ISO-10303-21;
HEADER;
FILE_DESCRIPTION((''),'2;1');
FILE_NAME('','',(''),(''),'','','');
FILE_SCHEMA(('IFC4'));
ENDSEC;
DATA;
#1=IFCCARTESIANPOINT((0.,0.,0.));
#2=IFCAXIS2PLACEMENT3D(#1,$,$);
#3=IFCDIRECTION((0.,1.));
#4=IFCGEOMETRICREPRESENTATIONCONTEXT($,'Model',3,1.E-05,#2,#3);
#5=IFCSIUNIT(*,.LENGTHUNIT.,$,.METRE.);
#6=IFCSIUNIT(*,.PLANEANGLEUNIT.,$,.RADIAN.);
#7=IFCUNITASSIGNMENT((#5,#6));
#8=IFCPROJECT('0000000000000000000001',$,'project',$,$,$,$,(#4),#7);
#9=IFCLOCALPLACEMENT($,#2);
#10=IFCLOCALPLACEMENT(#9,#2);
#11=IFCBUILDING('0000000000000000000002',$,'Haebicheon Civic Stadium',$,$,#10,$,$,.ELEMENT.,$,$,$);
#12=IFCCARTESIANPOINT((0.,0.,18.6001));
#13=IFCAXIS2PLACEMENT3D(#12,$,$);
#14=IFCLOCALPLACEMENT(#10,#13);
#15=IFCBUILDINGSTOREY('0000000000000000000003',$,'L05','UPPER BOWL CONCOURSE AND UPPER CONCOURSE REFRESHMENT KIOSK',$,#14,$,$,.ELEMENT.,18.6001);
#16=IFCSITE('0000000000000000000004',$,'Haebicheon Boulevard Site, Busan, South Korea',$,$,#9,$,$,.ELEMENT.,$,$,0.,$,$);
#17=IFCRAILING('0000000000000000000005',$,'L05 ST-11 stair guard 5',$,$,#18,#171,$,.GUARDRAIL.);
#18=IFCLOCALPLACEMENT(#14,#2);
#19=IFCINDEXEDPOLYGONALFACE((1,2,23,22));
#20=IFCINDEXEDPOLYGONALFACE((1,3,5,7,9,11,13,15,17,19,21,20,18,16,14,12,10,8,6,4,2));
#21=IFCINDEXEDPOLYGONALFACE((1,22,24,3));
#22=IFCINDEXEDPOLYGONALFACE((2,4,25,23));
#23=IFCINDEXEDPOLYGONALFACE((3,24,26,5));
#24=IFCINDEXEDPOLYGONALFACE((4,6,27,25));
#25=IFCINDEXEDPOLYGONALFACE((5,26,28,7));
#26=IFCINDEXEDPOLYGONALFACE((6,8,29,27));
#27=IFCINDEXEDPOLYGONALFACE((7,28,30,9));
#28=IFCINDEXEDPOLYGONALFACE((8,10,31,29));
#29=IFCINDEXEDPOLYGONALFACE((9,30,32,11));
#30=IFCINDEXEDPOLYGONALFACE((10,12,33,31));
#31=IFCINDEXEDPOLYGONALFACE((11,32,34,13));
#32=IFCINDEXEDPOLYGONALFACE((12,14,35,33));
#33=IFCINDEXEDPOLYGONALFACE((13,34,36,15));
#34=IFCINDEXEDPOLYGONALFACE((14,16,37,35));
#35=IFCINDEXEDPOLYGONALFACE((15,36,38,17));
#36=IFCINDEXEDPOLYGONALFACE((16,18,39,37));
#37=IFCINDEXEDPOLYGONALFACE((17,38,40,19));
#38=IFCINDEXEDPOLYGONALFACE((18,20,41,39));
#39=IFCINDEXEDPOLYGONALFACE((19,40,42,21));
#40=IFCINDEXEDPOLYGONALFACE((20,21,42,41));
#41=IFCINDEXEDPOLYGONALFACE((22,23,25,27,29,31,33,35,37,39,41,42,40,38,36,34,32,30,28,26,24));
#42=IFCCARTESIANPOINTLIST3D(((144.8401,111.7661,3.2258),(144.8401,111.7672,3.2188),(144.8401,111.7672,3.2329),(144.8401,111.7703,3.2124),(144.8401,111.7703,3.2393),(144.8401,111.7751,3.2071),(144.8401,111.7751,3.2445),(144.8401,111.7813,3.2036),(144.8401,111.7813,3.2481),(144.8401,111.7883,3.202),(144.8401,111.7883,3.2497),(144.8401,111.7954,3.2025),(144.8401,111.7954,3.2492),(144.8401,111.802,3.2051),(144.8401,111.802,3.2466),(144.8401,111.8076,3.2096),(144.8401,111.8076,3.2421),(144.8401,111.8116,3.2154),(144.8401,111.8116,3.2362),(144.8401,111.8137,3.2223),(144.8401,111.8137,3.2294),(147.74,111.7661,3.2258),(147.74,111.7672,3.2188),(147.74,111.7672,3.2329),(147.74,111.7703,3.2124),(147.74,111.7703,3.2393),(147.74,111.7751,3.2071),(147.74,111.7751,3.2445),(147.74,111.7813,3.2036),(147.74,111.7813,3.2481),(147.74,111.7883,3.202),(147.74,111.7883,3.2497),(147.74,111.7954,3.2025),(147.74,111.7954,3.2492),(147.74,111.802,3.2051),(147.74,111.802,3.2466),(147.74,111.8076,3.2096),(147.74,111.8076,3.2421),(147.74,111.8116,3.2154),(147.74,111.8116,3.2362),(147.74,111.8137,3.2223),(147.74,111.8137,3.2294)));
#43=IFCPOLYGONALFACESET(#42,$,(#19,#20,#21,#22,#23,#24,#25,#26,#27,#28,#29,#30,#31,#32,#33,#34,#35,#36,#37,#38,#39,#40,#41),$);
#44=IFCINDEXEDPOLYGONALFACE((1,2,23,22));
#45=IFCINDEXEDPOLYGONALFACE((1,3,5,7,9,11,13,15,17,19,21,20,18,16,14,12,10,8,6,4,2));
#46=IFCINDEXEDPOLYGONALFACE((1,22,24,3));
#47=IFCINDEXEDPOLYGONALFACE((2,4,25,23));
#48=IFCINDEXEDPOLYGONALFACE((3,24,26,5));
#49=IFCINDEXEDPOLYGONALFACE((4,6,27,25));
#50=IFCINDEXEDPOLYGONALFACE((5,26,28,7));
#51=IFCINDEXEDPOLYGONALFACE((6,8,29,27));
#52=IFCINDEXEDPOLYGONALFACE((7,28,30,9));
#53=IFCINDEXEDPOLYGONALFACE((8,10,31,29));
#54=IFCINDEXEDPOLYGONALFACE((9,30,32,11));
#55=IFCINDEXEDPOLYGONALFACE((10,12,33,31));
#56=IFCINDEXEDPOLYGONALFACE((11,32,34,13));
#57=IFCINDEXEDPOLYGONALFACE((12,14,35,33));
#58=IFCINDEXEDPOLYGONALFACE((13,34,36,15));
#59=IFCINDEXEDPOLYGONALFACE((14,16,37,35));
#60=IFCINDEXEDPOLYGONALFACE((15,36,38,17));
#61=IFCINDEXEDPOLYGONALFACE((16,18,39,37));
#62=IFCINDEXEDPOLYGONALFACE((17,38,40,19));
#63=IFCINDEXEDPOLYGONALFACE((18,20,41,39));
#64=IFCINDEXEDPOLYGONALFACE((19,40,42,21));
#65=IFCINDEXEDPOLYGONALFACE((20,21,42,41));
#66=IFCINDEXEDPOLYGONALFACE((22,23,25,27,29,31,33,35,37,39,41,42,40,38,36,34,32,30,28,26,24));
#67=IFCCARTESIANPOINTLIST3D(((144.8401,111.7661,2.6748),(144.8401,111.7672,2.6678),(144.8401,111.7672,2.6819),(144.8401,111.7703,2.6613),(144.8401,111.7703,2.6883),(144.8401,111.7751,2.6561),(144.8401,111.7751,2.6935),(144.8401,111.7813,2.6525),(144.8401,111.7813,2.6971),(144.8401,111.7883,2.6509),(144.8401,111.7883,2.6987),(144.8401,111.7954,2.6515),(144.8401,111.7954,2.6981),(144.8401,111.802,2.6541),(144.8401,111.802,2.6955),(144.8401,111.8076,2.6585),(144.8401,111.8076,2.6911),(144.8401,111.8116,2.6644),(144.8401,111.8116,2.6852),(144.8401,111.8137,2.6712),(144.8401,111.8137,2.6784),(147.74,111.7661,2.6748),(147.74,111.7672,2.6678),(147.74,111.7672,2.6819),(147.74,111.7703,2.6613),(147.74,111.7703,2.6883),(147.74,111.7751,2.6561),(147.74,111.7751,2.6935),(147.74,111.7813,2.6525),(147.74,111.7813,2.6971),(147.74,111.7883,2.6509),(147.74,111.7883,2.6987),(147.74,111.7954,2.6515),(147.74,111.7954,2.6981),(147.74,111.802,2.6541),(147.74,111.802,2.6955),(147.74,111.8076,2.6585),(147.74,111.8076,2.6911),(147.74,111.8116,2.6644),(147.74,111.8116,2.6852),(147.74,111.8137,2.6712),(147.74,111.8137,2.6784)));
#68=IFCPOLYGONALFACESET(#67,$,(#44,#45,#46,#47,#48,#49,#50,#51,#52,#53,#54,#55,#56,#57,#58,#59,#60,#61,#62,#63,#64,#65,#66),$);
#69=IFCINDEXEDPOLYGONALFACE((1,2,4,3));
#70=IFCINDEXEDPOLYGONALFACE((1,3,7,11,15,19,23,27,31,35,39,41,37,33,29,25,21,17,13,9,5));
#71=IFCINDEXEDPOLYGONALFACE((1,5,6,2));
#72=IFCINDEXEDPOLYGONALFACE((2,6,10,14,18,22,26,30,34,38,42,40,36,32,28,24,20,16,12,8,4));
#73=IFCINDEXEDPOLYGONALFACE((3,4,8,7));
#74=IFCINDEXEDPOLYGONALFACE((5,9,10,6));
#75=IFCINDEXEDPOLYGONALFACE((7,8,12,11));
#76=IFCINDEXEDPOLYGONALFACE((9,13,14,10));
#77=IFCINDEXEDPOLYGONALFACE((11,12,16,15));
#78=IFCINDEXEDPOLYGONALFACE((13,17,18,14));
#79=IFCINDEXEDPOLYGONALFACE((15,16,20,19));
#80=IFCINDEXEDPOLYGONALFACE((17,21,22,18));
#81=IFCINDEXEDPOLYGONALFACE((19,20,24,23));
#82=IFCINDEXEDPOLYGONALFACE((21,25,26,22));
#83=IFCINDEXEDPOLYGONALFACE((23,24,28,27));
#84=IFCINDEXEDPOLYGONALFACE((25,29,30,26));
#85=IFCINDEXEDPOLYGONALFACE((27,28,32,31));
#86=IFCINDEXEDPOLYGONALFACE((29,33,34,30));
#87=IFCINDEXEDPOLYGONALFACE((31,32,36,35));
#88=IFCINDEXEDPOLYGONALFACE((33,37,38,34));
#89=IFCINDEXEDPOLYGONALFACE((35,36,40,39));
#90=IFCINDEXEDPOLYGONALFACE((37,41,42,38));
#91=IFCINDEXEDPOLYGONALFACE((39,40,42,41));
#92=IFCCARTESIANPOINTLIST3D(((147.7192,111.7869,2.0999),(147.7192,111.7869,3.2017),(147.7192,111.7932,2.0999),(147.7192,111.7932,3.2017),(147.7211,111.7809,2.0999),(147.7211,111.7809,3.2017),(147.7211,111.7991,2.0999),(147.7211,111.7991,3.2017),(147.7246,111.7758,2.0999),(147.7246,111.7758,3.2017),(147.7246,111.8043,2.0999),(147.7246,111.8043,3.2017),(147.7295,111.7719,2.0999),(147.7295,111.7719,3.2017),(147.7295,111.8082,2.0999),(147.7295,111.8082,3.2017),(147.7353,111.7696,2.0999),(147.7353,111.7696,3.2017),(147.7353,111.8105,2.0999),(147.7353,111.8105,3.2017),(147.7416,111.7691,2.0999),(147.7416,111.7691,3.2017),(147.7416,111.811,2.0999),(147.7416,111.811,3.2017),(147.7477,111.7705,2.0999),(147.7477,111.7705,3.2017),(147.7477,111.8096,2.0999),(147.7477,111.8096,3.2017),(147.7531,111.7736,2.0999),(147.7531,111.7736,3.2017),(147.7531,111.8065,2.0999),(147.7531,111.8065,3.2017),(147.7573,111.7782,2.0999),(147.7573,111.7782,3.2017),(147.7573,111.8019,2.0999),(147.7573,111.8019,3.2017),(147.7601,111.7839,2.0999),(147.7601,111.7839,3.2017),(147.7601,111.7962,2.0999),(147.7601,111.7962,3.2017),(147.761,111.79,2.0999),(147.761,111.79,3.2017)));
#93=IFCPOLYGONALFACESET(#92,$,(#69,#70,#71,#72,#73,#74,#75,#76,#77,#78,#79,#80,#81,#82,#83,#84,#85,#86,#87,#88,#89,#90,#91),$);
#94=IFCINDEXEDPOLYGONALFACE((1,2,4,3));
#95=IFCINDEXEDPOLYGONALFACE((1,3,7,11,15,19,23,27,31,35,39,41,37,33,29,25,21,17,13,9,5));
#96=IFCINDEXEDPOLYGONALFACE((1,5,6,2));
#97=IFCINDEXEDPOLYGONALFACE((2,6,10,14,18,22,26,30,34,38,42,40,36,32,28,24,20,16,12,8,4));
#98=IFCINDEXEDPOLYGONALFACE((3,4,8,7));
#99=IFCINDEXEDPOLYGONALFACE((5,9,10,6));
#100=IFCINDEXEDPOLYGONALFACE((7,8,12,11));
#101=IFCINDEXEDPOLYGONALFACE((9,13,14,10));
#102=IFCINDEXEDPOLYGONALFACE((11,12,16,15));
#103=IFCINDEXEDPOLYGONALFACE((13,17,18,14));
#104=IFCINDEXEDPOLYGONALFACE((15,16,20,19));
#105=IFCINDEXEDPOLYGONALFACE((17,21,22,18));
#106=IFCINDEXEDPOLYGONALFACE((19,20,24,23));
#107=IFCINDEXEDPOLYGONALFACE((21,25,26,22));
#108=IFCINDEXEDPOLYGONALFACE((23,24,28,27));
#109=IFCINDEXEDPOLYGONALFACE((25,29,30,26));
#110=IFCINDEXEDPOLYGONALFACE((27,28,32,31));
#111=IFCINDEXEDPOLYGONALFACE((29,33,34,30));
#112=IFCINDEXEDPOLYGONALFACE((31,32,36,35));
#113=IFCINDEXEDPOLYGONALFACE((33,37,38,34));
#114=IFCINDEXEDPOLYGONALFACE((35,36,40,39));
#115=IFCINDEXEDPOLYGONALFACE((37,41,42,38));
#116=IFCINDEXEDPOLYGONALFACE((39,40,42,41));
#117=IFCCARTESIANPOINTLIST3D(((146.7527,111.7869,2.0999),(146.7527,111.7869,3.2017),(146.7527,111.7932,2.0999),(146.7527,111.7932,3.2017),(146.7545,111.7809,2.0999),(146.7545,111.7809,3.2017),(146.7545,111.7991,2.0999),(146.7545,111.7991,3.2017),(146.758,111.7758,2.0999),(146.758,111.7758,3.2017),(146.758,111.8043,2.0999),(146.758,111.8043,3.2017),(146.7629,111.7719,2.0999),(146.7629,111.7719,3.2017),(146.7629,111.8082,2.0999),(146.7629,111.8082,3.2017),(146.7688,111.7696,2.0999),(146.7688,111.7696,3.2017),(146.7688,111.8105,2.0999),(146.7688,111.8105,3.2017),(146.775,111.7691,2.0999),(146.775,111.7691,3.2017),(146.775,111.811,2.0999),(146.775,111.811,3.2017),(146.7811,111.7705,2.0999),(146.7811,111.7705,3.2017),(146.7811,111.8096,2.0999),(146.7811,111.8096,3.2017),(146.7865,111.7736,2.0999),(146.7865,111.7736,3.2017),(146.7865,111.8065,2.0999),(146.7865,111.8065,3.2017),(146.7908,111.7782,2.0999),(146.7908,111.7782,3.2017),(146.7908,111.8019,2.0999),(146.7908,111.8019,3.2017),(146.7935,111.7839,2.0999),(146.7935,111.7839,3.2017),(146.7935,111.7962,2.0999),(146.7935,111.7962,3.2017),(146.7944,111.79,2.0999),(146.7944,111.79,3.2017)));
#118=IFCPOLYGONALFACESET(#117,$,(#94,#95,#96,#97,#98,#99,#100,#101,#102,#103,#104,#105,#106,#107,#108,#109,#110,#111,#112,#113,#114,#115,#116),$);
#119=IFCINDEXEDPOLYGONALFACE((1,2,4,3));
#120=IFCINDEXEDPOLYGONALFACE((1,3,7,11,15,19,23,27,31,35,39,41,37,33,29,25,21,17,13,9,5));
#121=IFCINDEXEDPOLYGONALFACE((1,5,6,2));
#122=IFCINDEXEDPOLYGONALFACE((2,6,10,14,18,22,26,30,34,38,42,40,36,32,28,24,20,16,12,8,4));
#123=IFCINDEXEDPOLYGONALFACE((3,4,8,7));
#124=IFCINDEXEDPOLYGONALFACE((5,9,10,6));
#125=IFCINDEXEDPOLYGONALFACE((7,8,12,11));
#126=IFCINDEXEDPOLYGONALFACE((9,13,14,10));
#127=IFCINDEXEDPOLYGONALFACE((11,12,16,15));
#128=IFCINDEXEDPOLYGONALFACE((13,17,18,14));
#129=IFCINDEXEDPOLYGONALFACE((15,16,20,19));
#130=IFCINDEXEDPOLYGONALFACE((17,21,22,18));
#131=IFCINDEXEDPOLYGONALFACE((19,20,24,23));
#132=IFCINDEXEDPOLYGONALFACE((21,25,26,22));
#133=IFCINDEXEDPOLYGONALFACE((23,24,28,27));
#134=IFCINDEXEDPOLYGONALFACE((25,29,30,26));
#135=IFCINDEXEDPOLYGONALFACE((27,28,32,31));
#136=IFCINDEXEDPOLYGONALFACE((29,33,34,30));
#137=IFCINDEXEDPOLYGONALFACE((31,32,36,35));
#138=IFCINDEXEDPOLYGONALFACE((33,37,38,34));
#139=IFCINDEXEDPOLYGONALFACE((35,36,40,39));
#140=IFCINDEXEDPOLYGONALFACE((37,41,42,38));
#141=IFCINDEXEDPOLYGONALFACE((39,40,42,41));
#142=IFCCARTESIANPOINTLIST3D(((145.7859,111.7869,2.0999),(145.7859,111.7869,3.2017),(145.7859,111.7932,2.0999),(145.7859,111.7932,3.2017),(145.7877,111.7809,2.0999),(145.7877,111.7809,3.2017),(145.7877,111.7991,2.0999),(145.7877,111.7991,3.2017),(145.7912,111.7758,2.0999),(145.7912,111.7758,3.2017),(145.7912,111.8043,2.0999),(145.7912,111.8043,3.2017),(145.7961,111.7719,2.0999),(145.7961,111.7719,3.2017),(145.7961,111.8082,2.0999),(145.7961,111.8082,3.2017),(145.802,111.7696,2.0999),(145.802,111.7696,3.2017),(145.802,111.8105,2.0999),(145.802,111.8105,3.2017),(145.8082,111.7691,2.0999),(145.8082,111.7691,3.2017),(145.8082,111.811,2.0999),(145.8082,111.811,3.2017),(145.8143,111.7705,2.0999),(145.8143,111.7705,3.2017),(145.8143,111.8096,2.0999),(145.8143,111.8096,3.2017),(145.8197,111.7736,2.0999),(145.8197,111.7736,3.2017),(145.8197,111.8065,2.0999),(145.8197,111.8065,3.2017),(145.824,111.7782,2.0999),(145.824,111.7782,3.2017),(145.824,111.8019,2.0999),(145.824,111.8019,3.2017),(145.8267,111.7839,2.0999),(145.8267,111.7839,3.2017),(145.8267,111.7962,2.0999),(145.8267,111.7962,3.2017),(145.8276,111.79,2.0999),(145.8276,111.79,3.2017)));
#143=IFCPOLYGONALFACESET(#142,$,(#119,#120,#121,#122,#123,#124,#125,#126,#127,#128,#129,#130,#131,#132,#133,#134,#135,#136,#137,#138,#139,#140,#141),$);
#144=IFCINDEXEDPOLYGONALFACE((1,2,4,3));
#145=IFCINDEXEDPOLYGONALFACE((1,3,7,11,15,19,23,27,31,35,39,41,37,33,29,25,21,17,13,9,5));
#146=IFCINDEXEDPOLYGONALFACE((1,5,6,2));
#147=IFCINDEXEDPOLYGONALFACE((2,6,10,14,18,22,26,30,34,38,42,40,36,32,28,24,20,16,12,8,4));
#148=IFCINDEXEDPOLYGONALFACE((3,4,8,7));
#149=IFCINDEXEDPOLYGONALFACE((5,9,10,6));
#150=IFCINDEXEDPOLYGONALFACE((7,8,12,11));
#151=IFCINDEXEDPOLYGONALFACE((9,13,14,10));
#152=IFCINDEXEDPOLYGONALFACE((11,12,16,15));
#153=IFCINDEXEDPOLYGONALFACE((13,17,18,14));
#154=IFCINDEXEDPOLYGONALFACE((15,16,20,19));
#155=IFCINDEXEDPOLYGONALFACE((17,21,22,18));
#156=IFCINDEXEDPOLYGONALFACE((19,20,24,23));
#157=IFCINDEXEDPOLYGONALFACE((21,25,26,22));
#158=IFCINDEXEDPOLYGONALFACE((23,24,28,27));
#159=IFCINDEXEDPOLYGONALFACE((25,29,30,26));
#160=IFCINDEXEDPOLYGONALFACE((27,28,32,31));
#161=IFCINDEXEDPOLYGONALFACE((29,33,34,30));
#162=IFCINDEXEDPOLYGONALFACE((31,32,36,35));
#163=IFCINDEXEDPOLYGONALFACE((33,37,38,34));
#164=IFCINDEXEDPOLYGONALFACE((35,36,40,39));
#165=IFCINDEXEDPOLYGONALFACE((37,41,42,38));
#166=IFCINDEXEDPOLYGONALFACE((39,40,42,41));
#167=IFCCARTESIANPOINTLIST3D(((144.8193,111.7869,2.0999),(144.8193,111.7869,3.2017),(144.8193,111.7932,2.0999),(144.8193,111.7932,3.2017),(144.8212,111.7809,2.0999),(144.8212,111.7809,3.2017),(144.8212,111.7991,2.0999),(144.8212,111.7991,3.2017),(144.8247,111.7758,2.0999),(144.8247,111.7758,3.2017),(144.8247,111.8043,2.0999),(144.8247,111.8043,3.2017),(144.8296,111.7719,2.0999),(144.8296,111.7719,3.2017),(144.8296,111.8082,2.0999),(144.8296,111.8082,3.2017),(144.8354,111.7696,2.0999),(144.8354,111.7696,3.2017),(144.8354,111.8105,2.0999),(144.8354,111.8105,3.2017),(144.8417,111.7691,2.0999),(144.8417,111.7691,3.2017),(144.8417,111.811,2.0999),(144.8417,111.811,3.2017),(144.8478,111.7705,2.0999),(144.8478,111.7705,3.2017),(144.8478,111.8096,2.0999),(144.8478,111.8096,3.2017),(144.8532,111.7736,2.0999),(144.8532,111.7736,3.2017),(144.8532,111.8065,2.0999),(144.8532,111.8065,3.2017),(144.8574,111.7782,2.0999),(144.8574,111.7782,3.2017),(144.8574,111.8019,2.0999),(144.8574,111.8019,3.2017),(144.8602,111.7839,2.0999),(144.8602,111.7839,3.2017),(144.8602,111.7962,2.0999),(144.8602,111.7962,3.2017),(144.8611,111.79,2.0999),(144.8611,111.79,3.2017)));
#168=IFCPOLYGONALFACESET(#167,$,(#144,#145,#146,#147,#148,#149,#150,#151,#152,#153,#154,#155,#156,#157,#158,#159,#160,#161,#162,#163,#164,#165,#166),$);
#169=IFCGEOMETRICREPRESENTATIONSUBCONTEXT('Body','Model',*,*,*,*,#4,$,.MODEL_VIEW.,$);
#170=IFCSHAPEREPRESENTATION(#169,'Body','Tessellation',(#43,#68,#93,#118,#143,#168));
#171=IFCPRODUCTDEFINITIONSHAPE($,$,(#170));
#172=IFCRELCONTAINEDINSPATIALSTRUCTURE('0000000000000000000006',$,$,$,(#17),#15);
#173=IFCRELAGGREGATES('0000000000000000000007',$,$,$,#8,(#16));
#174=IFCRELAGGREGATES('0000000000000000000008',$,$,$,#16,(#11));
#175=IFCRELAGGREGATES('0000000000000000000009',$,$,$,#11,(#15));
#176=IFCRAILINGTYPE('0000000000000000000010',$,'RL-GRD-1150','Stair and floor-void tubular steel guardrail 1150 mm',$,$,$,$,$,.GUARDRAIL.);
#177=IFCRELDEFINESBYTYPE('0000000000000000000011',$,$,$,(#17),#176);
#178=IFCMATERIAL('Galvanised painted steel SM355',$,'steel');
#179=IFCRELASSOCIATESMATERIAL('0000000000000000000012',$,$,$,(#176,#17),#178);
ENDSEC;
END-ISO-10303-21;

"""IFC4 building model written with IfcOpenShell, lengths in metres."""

from ifc_helpers import new_model, si_unit, direction, frame, origin, origin_2d, place, context, subcontext, project, spatial, circle, extrude, material, type_object, element, save


model = new_model("IFC4")

# Units and contexts
model_context = context("Model", 3, precision=1e-05, world=origin(), true_north=direction((0.0, 1.0)))
body_context = subcontext(model_context, "Body", "Model", "MODEL_VIEW")
ifc_project = project(units=[si_unit("LENGTHUNIT", "METRE"), si_unit("PLANEANGLEUNIT", "RADIAN")], contexts=[model_context])

# Site, building, storey
site_placement = place(None, origin())
site = spatial("IfcSite", under=ifc_project, at=site_placement, Name="Haebicheon Boulevard Site, Busan, South Korea", CompositionType="ELEMENT", RefElevation=0.0)
building_placement = place(site_placement, origin())
building = spatial("IfcBuilding", under=site, at=building_placement, Name="Haebicheon Civic Stadium", CompositionType="ELEMENT")
storey_placement = place(building_placement, frame((0.0, 0.0, 18.6001)))
storey = spatial("IfcBuildingStorey", under=building, at=storey_placement, Name="L05", Description="UPPER BOWL CONCOURSE AND UPPER CONCOURSE REFRESHMENT KIOSK", CompositionType="ELEMENT", Elevation=18.6001)

# Railing
ifc_material_1 = material(Name="Galvanised painted steel SM355", Category="steel")
railing_type_1 = type_object("IfcRailingType", Name="RL-GRD-1150", Description="Stair and floor-void tubular steel guardrail 1150 mm", PredefinedType="GUARDRAIL", material=ifc_material_1)
railing_1_placement = place(storey_placement, frame((147.74, 111.79, 2.0999)))
element("IfcRailing", 1, at=railing_1_placement, inside=storey, type_object=railing_type_1, material=ifc_material_1, Name="L05 ST-11 stair guard 5", PredefinedType="GUARDRAIL", context=body_context, shape_type="SweptSolid", body=[
    extrude(circle(Radius=0.0239, at=origin_2d()), frame((0.0, 0.0, 1.126), z_axis=(-1.0, 0.0, 0.0), x_axis=(0.0, -1.0, 0.0)), (0.0, 0.0, 1.0), 2.8999),
    extrude(circle(Radius=0.0239, at=origin_2d()), frame((0.0, 0.0, 0.575), z_axis=(-1.0, 0.0, 0.0), x_axis=(0.0, -1.0, 0.0)), (0.0, 0.0, 1.0), 2.8999),
    extrude(circle(Radius=0.021, at=origin_2d()), origin(), (0.0, 0.0, 1.0), 1.1018),
    extrude(circle(Radius=0.021, at=origin_2d()), frame((-0.9666, 0.0, 0.0)), (0.0, 0.0, 1.0), 1.1018),
    extrude(circle(Radius=0.021, at=origin_2d()), frame((-1.9333, 0.0, 0.0)), (0.0, 0.0, 1.0), 1.1018),
    extrude(circle(Radius=0.021, at=origin_2d()), frame((-2.8999, 0.0, 0.0)), (0.0, 0.0, 1.0), 1.1018),
])

save(model, "model.ifc")
